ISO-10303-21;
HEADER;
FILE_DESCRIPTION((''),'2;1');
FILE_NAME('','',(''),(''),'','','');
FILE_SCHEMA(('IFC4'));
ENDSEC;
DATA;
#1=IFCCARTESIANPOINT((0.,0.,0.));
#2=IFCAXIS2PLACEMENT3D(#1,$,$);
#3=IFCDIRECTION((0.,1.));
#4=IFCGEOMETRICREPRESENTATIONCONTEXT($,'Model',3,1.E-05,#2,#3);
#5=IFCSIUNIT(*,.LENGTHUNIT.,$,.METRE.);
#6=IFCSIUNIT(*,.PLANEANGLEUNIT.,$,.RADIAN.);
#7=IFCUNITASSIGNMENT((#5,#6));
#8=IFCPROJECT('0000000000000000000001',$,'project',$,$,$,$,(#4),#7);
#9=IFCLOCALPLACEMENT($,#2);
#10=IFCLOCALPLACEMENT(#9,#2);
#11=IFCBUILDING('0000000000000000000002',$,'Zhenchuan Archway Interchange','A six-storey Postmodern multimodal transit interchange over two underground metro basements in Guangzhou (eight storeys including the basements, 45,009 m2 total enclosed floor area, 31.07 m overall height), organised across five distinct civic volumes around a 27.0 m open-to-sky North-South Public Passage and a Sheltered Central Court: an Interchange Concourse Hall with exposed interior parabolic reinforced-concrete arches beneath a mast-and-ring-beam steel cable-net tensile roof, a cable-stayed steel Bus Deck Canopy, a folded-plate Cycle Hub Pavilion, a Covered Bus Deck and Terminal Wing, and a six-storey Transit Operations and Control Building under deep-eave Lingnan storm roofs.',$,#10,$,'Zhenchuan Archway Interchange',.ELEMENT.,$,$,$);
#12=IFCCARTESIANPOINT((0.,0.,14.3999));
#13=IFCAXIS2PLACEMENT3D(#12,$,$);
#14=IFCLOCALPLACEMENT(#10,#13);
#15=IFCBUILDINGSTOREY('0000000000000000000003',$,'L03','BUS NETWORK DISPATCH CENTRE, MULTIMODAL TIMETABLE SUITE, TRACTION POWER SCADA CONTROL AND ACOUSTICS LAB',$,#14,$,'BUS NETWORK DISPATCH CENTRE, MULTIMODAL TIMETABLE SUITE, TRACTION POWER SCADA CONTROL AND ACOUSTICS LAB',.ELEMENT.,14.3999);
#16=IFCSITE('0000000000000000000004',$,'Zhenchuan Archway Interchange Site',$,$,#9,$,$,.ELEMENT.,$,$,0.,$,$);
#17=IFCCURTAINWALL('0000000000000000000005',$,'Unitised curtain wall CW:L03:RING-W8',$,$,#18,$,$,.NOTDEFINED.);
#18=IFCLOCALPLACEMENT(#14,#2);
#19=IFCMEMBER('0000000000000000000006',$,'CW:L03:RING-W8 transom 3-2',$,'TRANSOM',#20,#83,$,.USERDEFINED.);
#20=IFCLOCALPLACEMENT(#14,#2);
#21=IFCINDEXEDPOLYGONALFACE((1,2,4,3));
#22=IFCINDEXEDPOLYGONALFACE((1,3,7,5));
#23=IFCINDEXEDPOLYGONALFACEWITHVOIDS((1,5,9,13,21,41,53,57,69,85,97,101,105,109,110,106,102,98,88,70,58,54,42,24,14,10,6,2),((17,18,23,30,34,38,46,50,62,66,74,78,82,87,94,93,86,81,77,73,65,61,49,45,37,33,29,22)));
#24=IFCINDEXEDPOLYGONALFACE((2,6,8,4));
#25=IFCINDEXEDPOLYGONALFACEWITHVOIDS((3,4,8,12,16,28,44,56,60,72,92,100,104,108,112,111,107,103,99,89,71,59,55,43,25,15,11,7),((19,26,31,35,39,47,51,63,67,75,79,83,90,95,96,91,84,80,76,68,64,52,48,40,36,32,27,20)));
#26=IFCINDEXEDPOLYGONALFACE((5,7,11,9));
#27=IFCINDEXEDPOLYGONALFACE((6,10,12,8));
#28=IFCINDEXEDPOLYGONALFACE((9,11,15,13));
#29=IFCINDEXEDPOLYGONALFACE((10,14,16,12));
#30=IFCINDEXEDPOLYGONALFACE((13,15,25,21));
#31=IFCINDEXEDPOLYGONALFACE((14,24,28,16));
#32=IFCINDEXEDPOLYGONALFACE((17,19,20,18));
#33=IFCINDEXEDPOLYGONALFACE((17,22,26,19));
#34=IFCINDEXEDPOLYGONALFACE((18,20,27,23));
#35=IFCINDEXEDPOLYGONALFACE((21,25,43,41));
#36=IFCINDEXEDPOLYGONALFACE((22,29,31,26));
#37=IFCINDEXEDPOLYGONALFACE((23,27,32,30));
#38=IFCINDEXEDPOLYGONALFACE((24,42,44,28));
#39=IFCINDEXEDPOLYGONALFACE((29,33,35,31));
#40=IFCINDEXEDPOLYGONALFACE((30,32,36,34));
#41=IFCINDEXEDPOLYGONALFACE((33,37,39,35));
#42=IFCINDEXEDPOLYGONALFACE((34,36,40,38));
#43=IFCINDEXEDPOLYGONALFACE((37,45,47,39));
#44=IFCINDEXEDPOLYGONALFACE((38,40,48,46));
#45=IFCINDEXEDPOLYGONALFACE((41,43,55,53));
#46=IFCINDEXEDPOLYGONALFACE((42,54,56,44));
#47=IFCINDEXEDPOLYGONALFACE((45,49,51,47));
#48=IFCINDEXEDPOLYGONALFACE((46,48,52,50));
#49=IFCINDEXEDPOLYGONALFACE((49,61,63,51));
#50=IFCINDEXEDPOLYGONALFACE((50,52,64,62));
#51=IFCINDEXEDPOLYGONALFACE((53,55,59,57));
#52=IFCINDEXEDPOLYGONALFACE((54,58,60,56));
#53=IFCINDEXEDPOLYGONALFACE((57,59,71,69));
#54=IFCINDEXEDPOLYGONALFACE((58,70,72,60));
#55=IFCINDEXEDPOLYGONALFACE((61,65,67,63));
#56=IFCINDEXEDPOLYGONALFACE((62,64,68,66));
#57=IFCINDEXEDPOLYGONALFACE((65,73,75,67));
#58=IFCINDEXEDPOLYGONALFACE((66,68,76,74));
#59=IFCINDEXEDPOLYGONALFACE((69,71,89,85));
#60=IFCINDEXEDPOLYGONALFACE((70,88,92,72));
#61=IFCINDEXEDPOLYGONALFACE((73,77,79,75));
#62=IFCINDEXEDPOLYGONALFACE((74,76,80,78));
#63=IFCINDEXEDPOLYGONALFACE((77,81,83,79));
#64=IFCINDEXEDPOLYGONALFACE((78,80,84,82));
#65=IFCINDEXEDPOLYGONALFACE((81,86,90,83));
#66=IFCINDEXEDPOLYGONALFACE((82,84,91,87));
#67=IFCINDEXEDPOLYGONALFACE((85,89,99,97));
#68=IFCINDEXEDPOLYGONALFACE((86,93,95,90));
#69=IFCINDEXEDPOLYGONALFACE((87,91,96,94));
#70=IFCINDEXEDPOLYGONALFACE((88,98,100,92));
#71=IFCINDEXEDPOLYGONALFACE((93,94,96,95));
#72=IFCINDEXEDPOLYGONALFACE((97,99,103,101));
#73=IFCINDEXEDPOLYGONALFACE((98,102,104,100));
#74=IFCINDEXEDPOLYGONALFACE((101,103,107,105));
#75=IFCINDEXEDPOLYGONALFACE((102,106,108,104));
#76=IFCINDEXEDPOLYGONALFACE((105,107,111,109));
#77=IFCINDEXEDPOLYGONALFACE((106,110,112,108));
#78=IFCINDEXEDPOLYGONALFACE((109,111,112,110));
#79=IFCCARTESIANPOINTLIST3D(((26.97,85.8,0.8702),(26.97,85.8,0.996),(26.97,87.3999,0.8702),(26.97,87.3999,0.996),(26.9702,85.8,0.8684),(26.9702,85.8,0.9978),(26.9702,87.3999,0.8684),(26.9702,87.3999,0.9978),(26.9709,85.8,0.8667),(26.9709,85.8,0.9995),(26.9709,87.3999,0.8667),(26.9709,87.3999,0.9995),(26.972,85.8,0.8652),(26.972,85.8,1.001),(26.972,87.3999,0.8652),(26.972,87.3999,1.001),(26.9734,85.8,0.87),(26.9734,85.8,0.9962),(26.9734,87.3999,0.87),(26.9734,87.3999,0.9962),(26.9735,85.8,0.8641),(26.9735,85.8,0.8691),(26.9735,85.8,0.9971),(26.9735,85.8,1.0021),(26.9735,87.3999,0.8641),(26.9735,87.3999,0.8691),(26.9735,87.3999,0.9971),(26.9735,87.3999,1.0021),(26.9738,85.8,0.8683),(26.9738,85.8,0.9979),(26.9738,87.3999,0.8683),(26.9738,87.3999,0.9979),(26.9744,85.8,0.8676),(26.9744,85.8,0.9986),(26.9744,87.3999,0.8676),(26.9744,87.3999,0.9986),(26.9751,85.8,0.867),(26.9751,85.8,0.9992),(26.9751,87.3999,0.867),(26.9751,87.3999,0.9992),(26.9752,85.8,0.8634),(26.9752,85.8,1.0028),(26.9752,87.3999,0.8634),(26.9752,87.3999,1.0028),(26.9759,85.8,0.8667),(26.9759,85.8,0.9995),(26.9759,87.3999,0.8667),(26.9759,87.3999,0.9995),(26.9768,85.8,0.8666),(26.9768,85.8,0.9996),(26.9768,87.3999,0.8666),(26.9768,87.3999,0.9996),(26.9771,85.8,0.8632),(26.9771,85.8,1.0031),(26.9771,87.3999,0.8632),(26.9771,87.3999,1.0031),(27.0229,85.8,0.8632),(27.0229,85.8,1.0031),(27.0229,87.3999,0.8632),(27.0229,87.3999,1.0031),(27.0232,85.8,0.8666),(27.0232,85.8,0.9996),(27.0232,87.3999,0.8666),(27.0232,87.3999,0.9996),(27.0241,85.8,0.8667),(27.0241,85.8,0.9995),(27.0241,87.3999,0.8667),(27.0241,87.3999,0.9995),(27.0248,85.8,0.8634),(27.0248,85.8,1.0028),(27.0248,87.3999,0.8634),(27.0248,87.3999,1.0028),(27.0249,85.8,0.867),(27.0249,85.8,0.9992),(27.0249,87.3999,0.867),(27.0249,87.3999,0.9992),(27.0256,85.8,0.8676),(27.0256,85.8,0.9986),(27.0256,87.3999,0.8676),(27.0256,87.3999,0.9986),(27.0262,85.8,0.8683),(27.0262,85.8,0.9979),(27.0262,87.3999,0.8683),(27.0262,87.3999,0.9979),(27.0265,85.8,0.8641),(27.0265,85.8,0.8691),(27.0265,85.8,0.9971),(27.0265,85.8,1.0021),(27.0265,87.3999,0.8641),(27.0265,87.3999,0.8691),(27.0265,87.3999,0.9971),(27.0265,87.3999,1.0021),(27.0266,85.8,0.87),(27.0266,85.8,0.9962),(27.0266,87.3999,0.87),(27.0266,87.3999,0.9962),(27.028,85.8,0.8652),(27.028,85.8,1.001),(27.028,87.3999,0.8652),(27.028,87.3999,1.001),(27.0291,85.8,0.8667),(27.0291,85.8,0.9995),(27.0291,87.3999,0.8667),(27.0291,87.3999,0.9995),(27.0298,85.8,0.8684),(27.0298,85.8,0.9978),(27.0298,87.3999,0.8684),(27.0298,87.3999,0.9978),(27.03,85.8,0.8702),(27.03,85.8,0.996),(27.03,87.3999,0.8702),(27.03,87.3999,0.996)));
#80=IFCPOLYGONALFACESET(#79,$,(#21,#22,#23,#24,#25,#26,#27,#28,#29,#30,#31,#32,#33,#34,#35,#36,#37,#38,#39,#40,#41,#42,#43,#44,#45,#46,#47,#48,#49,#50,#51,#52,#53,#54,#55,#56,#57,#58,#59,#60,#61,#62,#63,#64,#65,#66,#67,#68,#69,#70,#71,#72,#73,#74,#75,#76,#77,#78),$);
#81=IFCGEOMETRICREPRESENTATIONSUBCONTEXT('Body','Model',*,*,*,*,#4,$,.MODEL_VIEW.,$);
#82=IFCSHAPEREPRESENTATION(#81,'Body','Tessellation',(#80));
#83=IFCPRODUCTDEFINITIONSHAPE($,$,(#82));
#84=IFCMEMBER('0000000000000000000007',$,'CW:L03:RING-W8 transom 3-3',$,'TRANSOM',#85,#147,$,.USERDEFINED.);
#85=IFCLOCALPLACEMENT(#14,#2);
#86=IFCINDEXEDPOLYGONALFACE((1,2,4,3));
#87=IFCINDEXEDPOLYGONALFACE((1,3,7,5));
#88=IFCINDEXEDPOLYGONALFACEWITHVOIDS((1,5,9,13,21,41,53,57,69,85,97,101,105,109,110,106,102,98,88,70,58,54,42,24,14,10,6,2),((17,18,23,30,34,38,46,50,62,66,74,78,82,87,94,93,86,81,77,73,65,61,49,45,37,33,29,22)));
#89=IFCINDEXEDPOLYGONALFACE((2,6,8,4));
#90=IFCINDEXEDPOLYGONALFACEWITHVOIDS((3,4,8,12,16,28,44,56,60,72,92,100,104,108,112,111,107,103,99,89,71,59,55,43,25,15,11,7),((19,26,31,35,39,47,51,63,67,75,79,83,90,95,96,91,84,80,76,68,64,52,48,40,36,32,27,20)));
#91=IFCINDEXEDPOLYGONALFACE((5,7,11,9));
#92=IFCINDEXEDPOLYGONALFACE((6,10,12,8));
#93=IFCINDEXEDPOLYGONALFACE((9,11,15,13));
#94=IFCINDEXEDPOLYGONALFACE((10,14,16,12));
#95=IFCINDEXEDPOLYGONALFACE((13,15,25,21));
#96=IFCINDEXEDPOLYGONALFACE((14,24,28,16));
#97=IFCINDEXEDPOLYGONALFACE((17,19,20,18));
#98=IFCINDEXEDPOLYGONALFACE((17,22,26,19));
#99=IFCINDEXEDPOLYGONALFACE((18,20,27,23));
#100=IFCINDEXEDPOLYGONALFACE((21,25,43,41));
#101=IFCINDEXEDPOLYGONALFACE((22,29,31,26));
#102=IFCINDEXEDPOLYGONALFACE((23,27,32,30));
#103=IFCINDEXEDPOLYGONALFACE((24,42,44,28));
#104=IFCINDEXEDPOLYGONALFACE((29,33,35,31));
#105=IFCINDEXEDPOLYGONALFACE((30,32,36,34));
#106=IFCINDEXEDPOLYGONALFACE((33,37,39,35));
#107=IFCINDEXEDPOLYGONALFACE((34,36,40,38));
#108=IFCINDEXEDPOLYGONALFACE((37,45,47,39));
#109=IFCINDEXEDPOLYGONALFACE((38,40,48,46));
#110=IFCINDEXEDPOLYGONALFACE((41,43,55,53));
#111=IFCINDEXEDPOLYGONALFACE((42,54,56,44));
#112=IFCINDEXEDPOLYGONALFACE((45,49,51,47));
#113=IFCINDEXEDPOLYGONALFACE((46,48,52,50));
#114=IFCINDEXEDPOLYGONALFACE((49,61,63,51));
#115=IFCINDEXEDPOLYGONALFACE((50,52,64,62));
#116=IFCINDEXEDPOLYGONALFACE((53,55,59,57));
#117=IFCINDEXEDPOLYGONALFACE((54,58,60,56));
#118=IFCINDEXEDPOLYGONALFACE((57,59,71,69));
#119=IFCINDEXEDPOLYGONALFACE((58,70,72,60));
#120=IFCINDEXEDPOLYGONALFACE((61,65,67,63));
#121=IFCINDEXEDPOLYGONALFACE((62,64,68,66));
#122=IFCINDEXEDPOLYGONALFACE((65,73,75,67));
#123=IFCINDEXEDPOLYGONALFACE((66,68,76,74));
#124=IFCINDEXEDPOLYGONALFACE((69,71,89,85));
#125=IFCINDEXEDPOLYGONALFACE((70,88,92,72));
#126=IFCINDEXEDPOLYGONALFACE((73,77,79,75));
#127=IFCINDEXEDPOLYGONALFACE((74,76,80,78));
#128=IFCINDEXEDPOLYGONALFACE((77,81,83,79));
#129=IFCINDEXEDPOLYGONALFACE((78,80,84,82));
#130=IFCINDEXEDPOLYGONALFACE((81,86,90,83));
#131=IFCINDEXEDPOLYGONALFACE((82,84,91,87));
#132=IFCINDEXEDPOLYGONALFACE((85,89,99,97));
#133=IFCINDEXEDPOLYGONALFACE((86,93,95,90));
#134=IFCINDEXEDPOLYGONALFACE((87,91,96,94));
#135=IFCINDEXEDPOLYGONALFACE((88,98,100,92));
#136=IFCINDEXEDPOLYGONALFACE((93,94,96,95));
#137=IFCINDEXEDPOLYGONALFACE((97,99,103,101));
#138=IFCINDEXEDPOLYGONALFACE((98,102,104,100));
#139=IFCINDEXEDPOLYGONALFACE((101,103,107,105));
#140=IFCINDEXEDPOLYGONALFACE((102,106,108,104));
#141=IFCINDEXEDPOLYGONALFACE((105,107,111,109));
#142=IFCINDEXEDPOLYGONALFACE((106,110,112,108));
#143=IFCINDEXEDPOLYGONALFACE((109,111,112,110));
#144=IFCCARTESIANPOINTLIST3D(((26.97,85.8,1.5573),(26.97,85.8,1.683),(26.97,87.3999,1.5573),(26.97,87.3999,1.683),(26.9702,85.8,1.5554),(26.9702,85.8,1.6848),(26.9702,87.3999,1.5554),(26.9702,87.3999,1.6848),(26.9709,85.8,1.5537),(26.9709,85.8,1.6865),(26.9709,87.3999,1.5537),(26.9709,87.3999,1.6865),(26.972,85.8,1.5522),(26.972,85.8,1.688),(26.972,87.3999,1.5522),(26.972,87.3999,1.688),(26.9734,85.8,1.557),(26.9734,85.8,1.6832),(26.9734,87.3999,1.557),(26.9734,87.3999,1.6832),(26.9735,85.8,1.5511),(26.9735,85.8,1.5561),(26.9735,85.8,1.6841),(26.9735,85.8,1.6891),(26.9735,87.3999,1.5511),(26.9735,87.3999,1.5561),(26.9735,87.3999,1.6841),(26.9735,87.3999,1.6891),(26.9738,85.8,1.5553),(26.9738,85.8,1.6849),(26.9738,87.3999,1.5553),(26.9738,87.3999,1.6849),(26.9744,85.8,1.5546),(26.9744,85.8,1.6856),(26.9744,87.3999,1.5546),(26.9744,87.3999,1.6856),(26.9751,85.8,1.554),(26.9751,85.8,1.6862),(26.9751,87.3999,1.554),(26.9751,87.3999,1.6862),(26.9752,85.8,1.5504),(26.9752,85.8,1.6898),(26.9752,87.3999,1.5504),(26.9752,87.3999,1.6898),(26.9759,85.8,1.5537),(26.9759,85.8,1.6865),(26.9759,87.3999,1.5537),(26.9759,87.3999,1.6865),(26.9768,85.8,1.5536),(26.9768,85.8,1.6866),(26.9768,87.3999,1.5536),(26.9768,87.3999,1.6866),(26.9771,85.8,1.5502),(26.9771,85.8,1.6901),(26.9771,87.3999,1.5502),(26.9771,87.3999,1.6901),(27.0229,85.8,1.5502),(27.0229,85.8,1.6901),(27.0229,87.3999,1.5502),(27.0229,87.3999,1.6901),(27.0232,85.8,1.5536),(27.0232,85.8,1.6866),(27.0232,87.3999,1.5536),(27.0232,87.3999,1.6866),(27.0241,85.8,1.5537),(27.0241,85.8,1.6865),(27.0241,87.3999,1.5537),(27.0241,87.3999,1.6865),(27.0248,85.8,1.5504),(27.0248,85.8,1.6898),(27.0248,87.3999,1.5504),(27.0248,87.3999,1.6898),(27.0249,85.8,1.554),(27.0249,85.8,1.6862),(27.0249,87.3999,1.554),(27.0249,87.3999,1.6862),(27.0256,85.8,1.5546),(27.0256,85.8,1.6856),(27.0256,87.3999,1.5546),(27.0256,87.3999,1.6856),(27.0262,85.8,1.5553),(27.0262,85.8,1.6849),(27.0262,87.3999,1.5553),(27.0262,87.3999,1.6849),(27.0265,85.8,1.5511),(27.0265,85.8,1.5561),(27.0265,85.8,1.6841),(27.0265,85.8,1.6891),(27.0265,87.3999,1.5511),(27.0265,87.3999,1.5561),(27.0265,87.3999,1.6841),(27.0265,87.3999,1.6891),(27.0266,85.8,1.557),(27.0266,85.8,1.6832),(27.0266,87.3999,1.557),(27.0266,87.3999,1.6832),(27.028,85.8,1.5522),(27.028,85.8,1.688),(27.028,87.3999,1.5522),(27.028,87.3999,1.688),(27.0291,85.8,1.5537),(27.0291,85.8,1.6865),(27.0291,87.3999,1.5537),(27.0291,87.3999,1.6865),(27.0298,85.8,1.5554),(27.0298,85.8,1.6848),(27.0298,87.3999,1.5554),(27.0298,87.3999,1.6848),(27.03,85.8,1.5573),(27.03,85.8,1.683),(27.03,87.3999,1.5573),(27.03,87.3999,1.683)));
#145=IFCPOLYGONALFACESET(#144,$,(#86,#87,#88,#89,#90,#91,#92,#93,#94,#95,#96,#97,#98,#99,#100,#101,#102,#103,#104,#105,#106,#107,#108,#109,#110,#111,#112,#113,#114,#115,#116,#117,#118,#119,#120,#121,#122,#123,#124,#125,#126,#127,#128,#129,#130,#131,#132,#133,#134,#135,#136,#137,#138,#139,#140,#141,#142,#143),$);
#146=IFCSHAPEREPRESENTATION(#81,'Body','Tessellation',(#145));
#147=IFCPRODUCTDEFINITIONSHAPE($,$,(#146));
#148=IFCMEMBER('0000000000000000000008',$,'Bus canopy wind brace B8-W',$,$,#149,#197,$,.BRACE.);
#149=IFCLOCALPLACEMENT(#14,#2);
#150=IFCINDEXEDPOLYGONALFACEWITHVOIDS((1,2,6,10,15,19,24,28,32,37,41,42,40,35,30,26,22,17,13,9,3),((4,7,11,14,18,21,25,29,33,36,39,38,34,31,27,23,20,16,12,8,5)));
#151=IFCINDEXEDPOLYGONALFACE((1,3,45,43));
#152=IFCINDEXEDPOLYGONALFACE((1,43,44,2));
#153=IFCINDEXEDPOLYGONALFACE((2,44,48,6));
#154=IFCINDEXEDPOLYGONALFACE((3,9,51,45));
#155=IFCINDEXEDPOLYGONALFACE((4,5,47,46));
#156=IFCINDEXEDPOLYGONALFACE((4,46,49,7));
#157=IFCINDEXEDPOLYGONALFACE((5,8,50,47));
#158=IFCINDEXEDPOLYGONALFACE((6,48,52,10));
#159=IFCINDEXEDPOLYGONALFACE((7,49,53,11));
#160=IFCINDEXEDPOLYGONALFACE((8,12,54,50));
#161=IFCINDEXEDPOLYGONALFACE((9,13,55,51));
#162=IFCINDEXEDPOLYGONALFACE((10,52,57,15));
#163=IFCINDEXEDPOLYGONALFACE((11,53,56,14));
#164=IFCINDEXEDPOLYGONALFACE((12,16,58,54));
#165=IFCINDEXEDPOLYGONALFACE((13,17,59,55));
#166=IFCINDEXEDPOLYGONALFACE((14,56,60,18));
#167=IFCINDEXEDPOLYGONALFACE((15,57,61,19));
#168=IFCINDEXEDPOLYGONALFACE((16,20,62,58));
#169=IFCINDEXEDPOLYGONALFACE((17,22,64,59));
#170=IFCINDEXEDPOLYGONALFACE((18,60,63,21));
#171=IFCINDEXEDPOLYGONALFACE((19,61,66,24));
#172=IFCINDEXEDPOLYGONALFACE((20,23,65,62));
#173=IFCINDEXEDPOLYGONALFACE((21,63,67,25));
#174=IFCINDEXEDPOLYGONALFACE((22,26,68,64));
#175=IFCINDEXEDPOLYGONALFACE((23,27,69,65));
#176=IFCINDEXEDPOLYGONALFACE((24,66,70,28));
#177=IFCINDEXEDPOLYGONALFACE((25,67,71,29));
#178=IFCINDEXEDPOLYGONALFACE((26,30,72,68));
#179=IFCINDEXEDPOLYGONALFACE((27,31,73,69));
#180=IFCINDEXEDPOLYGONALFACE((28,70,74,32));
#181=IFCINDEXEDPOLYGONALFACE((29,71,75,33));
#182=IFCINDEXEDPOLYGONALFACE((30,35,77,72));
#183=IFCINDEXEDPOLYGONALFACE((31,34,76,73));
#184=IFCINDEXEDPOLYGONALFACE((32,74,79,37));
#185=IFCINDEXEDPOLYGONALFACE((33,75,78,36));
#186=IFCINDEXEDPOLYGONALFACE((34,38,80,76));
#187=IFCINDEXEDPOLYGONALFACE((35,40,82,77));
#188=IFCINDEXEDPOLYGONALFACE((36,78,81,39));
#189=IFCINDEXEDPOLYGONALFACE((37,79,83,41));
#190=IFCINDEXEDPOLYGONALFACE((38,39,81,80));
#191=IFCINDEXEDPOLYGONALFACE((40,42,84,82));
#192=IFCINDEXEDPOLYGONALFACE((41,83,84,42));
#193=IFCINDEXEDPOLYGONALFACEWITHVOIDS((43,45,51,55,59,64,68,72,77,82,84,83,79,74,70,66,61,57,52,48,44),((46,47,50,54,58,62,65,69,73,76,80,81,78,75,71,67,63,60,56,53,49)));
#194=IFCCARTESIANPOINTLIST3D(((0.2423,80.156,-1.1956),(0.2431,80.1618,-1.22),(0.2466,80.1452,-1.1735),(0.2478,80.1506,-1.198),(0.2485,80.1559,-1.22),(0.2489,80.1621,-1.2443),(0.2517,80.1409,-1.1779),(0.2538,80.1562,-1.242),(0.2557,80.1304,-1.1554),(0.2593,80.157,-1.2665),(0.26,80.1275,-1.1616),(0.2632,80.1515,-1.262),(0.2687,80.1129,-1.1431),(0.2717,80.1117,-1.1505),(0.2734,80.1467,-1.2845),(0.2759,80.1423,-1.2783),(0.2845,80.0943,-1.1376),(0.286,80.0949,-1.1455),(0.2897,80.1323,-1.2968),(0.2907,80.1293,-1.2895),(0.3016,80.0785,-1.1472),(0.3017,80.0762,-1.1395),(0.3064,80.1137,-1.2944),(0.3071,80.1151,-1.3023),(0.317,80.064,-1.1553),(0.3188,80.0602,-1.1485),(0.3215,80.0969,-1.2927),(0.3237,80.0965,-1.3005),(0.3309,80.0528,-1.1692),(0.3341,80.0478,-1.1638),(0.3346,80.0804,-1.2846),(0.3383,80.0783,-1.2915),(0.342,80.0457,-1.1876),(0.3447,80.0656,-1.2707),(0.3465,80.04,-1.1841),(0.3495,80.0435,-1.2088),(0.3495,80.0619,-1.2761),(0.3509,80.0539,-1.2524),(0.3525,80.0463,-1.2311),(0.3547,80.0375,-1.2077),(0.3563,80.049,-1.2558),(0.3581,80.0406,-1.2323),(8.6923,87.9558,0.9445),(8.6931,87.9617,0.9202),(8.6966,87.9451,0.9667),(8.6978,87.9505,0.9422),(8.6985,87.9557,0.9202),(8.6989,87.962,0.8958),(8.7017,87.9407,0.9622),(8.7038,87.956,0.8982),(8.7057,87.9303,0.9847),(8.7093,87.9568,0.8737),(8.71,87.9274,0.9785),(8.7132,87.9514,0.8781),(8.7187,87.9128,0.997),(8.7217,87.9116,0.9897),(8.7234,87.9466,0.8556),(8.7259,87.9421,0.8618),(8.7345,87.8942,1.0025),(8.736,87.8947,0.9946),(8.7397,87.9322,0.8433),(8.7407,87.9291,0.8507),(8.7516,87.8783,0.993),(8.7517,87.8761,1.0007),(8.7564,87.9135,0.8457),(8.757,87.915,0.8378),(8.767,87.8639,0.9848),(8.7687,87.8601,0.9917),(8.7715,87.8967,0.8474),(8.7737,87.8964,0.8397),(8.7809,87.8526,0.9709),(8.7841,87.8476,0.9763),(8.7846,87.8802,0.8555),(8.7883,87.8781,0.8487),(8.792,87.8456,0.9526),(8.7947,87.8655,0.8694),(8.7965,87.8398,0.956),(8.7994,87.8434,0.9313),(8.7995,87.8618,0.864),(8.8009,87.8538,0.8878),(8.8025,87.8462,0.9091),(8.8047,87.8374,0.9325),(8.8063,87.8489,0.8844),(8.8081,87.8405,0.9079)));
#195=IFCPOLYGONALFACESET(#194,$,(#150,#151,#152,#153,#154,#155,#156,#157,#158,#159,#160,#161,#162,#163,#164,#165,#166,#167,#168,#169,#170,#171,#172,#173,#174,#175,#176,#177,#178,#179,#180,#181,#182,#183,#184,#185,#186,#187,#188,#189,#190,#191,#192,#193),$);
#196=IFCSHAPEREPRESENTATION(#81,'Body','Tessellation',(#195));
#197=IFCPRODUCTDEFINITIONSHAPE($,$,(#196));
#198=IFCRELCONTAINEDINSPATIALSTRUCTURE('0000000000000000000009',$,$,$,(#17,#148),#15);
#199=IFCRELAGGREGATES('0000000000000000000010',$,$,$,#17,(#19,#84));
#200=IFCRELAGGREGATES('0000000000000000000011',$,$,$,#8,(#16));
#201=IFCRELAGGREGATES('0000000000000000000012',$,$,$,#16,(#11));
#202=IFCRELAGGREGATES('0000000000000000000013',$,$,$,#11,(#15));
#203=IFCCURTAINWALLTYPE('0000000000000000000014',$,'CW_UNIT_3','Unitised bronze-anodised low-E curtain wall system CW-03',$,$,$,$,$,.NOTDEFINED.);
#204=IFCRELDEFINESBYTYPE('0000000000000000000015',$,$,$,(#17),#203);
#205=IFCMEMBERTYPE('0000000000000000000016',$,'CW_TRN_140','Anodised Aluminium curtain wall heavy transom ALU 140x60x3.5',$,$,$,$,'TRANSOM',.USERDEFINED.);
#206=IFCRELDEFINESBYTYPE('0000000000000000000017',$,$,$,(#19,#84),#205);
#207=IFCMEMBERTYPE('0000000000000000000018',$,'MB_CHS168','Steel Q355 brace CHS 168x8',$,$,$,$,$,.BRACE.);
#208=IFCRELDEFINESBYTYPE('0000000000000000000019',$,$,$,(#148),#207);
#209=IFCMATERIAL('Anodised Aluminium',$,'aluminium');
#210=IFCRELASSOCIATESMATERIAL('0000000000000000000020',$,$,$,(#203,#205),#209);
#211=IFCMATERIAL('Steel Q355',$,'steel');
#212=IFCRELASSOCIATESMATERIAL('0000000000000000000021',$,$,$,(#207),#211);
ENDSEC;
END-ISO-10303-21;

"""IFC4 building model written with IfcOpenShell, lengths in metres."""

from ifc_helpers import new_model, si_unit, direction, frame, origin, origin_2d, place, context, subcontext, project, spatial, hollow_rectangle, hollow_circle, extrude, material, material_profile, profile_set, type_object, element, aggregate, save


model = new_model("IFC4")

# Units and contexts
model_context = context("Model", 3, precision=1e-05, world=origin(), true_north=direction((0.0, 1.0)))
body_context = subcontext(model_context, "Body", "Model", "MODEL_VIEW")
ifc_project = project(units=[si_unit("LENGTHUNIT", "METRE"), si_unit("PLANEANGLEUNIT", "RADIAN")], contexts=[model_context])

# Site, building, storey
site_placement = place(None, origin())
site = spatial("IfcSite", under=ifc_project, at=site_placement, Name="Zhenchuan Archway Interchange Site", CompositionType="ELEMENT", RefElevation=0.0)
building_placement = place(site_placement, origin())
building = spatial("IfcBuilding", under=site, at=building_placement, Name="Zhenchuan Archway Interchange", Description="A six-storey Postmodern multimodal transit interchange over two underground metro basements in Guangzhou (eight storeys including the basements, 45,009 m2 total enclosed floor area, 31.07 m overall height), organised across five distinct civic volumes around a 27.0 m open-to-sky North-South Public Passage and a Sheltered Central Court: an Interchange Concourse Hall with exposed interior parabolic reinforced-concrete arches beneath a mast-and-ring-beam steel cable-net tensile roof, a cable-stayed steel Bus Deck Canopy, a folded-plate Cycle Hub Pavilion, a Covered Bus Deck and Terminal Wing, and a six-storey Transit Operations and Control Building under deep-eave Lingnan storm roofs.", LongName="Zhenchuan Archway Interchange", CompositionType="ELEMENT")
storey_placement = place(building_placement, frame((0.0, 0.0, 14.3999)))
storey = spatial("IfcBuildingStorey", under=building, at=storey_placement, Name="L03", Description="BUS NETWORK DISPATCH CENTRE, MULTIMODAL TIMETABLE SUITE, TRACTION POWER SCADA CONTROL AND ACOUSTICS LAB", LongName="BUS NETWORK DISPATCH CENTRE, MULTIMODAL TIMETABLE SUITE, TRACTION POWER SCADA CONTROL AND ACOUSTICS LAB", CompositionType="ELEMENT", Elevation=14.3999)

# Shared definitions
ifc_material_1 = material(Name="Steel Q355", Category="steel")

# Curtain wall, members
ifc_material_2 = material(Name="Anodised Aluminium", Category="aluminium")
curtain_wall_type = type_object("IfcCurtainWallType", Name="CW_UNIT_3", Description="Unitised bronze-anodised low-E curtain wall system CW-03", PredefinedType="NOTDEFINED", material=ifc_material_2)
curtain_wall_placement = place(storey_placement, origin())
curtain_wall = element("IfcCurtainWall", 1, at=curtain_wall_placement, inside=storey, type_object=curtain_wall_type, Name="Unitised curtain wall CW:L03:RING-W8", PredefinedType="NOTDEFINED")
ifc_material_profile_1 = material_profile(ifc_material_2, hollow_rectangle(XDim=0.0601, YDim=0.1399, WallThickness=0.0034, InnerFilletRadius=0.0034, OuterFilletRadius=0.0071, at=origin_2d()), Name="ALU 140x60x3.5")
ifc_profile_set_1 = profile_set([ifc_material_profile_1], Name="Anodised Aluminium")
member_type_1 = type_object("IfcMemberType", Name="CW_TRN_140", Description="Anodised Aluminium curtain wall heavy transom ALU 140x60x3.5", ElementType="TRANSOM", PredefinedType="USERDEFINED", material=ifc_profile_set_1)
member_1_placement = place(storey_placement, frame((27.0, 85.8, 0.9331), z_axis=(0.0, 1.0, 0.0), x_axis=(-1.0, 0.0, 0.0)))
member_1 = element("IfcMember", 2, at=member_1_placement, type_object=member_type_1, Name="CW:L03:RING-W8 transom 3-2", ObjectType="TRANSOM", PredefinedType="USERDEFINED", context=body_context, shape_type="SweptSolid", body=[
    extrude(hollow_rectangle(XDim=0.0601, YDim=0.1399, WallThickness=0.0034, InnerFilletRadius=0.0034, OuterFilletRadius=0.0071, at=origin_2d()), origin(), (0.0, 0.0, 1.0), 1.5999),
])
member_2_placement = place(storey_placement, frame((27.0, 85.8, 1.6201), z_axis=(0.0, 1.0, 0.0), x_axis=(-1.0, 0.0, 0.0)))
member_2 = element("IfcMember", 3, at=member_2_placement, type_object=member_type_1, Name="CW:L03:RING-W8 transom 3-3", ObjectType="TRANSOM", PredefinedType="USERDEFINED", context=body_context, shape_type="SweptSolid", body=[
    extrude(hollow_rectangle(XDim=0.0601, YDim=0.1399, WallThickness=0.0034, InnerFilletRadius=0.0034, OuterFilletRadius=0.0071, at=origin_2d()), origin(), (0.0, 0.0, 1.0), 1.5999),
])

# Member
ifc_material_profile_2 = material_profile(ifc_material_1, hollow_circle(Radius=0.084, WallThickness=0.0081, at=origin_2d()), Name="CHS 168x8")
ifc_profile_set_2 = profile_set([ifc_material_profile_2], Name="Steel Q355")
member_type_2 = type_object("IfcMemberType", Name="MB_CHS168", Description="Steel Q355 brace CHS 168x8", PredefinedType="BRACE", material=ifc_profile_set_2)
member_3_placement = place(storey_placement, frame((0.3, 80.1001, -1.22), z_axis=(0.722406, 0.666823, 0.182965), x_axis=(-0.678273, 0.73481, 0.0)))
element("IfcMember", 4, at=member_3_placement, inside=storey, type_object=member_type_2, Name="Bus canopy wind brace B8-W", PredefinedType="BRACE", context=body_context, shape_type="SweptSolid", body=[
    extrude(hollow_circle(Radius=0.084, WallThickness=0.0081, at=origin_2d()), origin(), (0.0, 0.0, 1.0), 11.697),
])

aggregate(curtain_wall, [member_1, member_2])

save(model, "model.ifc")
